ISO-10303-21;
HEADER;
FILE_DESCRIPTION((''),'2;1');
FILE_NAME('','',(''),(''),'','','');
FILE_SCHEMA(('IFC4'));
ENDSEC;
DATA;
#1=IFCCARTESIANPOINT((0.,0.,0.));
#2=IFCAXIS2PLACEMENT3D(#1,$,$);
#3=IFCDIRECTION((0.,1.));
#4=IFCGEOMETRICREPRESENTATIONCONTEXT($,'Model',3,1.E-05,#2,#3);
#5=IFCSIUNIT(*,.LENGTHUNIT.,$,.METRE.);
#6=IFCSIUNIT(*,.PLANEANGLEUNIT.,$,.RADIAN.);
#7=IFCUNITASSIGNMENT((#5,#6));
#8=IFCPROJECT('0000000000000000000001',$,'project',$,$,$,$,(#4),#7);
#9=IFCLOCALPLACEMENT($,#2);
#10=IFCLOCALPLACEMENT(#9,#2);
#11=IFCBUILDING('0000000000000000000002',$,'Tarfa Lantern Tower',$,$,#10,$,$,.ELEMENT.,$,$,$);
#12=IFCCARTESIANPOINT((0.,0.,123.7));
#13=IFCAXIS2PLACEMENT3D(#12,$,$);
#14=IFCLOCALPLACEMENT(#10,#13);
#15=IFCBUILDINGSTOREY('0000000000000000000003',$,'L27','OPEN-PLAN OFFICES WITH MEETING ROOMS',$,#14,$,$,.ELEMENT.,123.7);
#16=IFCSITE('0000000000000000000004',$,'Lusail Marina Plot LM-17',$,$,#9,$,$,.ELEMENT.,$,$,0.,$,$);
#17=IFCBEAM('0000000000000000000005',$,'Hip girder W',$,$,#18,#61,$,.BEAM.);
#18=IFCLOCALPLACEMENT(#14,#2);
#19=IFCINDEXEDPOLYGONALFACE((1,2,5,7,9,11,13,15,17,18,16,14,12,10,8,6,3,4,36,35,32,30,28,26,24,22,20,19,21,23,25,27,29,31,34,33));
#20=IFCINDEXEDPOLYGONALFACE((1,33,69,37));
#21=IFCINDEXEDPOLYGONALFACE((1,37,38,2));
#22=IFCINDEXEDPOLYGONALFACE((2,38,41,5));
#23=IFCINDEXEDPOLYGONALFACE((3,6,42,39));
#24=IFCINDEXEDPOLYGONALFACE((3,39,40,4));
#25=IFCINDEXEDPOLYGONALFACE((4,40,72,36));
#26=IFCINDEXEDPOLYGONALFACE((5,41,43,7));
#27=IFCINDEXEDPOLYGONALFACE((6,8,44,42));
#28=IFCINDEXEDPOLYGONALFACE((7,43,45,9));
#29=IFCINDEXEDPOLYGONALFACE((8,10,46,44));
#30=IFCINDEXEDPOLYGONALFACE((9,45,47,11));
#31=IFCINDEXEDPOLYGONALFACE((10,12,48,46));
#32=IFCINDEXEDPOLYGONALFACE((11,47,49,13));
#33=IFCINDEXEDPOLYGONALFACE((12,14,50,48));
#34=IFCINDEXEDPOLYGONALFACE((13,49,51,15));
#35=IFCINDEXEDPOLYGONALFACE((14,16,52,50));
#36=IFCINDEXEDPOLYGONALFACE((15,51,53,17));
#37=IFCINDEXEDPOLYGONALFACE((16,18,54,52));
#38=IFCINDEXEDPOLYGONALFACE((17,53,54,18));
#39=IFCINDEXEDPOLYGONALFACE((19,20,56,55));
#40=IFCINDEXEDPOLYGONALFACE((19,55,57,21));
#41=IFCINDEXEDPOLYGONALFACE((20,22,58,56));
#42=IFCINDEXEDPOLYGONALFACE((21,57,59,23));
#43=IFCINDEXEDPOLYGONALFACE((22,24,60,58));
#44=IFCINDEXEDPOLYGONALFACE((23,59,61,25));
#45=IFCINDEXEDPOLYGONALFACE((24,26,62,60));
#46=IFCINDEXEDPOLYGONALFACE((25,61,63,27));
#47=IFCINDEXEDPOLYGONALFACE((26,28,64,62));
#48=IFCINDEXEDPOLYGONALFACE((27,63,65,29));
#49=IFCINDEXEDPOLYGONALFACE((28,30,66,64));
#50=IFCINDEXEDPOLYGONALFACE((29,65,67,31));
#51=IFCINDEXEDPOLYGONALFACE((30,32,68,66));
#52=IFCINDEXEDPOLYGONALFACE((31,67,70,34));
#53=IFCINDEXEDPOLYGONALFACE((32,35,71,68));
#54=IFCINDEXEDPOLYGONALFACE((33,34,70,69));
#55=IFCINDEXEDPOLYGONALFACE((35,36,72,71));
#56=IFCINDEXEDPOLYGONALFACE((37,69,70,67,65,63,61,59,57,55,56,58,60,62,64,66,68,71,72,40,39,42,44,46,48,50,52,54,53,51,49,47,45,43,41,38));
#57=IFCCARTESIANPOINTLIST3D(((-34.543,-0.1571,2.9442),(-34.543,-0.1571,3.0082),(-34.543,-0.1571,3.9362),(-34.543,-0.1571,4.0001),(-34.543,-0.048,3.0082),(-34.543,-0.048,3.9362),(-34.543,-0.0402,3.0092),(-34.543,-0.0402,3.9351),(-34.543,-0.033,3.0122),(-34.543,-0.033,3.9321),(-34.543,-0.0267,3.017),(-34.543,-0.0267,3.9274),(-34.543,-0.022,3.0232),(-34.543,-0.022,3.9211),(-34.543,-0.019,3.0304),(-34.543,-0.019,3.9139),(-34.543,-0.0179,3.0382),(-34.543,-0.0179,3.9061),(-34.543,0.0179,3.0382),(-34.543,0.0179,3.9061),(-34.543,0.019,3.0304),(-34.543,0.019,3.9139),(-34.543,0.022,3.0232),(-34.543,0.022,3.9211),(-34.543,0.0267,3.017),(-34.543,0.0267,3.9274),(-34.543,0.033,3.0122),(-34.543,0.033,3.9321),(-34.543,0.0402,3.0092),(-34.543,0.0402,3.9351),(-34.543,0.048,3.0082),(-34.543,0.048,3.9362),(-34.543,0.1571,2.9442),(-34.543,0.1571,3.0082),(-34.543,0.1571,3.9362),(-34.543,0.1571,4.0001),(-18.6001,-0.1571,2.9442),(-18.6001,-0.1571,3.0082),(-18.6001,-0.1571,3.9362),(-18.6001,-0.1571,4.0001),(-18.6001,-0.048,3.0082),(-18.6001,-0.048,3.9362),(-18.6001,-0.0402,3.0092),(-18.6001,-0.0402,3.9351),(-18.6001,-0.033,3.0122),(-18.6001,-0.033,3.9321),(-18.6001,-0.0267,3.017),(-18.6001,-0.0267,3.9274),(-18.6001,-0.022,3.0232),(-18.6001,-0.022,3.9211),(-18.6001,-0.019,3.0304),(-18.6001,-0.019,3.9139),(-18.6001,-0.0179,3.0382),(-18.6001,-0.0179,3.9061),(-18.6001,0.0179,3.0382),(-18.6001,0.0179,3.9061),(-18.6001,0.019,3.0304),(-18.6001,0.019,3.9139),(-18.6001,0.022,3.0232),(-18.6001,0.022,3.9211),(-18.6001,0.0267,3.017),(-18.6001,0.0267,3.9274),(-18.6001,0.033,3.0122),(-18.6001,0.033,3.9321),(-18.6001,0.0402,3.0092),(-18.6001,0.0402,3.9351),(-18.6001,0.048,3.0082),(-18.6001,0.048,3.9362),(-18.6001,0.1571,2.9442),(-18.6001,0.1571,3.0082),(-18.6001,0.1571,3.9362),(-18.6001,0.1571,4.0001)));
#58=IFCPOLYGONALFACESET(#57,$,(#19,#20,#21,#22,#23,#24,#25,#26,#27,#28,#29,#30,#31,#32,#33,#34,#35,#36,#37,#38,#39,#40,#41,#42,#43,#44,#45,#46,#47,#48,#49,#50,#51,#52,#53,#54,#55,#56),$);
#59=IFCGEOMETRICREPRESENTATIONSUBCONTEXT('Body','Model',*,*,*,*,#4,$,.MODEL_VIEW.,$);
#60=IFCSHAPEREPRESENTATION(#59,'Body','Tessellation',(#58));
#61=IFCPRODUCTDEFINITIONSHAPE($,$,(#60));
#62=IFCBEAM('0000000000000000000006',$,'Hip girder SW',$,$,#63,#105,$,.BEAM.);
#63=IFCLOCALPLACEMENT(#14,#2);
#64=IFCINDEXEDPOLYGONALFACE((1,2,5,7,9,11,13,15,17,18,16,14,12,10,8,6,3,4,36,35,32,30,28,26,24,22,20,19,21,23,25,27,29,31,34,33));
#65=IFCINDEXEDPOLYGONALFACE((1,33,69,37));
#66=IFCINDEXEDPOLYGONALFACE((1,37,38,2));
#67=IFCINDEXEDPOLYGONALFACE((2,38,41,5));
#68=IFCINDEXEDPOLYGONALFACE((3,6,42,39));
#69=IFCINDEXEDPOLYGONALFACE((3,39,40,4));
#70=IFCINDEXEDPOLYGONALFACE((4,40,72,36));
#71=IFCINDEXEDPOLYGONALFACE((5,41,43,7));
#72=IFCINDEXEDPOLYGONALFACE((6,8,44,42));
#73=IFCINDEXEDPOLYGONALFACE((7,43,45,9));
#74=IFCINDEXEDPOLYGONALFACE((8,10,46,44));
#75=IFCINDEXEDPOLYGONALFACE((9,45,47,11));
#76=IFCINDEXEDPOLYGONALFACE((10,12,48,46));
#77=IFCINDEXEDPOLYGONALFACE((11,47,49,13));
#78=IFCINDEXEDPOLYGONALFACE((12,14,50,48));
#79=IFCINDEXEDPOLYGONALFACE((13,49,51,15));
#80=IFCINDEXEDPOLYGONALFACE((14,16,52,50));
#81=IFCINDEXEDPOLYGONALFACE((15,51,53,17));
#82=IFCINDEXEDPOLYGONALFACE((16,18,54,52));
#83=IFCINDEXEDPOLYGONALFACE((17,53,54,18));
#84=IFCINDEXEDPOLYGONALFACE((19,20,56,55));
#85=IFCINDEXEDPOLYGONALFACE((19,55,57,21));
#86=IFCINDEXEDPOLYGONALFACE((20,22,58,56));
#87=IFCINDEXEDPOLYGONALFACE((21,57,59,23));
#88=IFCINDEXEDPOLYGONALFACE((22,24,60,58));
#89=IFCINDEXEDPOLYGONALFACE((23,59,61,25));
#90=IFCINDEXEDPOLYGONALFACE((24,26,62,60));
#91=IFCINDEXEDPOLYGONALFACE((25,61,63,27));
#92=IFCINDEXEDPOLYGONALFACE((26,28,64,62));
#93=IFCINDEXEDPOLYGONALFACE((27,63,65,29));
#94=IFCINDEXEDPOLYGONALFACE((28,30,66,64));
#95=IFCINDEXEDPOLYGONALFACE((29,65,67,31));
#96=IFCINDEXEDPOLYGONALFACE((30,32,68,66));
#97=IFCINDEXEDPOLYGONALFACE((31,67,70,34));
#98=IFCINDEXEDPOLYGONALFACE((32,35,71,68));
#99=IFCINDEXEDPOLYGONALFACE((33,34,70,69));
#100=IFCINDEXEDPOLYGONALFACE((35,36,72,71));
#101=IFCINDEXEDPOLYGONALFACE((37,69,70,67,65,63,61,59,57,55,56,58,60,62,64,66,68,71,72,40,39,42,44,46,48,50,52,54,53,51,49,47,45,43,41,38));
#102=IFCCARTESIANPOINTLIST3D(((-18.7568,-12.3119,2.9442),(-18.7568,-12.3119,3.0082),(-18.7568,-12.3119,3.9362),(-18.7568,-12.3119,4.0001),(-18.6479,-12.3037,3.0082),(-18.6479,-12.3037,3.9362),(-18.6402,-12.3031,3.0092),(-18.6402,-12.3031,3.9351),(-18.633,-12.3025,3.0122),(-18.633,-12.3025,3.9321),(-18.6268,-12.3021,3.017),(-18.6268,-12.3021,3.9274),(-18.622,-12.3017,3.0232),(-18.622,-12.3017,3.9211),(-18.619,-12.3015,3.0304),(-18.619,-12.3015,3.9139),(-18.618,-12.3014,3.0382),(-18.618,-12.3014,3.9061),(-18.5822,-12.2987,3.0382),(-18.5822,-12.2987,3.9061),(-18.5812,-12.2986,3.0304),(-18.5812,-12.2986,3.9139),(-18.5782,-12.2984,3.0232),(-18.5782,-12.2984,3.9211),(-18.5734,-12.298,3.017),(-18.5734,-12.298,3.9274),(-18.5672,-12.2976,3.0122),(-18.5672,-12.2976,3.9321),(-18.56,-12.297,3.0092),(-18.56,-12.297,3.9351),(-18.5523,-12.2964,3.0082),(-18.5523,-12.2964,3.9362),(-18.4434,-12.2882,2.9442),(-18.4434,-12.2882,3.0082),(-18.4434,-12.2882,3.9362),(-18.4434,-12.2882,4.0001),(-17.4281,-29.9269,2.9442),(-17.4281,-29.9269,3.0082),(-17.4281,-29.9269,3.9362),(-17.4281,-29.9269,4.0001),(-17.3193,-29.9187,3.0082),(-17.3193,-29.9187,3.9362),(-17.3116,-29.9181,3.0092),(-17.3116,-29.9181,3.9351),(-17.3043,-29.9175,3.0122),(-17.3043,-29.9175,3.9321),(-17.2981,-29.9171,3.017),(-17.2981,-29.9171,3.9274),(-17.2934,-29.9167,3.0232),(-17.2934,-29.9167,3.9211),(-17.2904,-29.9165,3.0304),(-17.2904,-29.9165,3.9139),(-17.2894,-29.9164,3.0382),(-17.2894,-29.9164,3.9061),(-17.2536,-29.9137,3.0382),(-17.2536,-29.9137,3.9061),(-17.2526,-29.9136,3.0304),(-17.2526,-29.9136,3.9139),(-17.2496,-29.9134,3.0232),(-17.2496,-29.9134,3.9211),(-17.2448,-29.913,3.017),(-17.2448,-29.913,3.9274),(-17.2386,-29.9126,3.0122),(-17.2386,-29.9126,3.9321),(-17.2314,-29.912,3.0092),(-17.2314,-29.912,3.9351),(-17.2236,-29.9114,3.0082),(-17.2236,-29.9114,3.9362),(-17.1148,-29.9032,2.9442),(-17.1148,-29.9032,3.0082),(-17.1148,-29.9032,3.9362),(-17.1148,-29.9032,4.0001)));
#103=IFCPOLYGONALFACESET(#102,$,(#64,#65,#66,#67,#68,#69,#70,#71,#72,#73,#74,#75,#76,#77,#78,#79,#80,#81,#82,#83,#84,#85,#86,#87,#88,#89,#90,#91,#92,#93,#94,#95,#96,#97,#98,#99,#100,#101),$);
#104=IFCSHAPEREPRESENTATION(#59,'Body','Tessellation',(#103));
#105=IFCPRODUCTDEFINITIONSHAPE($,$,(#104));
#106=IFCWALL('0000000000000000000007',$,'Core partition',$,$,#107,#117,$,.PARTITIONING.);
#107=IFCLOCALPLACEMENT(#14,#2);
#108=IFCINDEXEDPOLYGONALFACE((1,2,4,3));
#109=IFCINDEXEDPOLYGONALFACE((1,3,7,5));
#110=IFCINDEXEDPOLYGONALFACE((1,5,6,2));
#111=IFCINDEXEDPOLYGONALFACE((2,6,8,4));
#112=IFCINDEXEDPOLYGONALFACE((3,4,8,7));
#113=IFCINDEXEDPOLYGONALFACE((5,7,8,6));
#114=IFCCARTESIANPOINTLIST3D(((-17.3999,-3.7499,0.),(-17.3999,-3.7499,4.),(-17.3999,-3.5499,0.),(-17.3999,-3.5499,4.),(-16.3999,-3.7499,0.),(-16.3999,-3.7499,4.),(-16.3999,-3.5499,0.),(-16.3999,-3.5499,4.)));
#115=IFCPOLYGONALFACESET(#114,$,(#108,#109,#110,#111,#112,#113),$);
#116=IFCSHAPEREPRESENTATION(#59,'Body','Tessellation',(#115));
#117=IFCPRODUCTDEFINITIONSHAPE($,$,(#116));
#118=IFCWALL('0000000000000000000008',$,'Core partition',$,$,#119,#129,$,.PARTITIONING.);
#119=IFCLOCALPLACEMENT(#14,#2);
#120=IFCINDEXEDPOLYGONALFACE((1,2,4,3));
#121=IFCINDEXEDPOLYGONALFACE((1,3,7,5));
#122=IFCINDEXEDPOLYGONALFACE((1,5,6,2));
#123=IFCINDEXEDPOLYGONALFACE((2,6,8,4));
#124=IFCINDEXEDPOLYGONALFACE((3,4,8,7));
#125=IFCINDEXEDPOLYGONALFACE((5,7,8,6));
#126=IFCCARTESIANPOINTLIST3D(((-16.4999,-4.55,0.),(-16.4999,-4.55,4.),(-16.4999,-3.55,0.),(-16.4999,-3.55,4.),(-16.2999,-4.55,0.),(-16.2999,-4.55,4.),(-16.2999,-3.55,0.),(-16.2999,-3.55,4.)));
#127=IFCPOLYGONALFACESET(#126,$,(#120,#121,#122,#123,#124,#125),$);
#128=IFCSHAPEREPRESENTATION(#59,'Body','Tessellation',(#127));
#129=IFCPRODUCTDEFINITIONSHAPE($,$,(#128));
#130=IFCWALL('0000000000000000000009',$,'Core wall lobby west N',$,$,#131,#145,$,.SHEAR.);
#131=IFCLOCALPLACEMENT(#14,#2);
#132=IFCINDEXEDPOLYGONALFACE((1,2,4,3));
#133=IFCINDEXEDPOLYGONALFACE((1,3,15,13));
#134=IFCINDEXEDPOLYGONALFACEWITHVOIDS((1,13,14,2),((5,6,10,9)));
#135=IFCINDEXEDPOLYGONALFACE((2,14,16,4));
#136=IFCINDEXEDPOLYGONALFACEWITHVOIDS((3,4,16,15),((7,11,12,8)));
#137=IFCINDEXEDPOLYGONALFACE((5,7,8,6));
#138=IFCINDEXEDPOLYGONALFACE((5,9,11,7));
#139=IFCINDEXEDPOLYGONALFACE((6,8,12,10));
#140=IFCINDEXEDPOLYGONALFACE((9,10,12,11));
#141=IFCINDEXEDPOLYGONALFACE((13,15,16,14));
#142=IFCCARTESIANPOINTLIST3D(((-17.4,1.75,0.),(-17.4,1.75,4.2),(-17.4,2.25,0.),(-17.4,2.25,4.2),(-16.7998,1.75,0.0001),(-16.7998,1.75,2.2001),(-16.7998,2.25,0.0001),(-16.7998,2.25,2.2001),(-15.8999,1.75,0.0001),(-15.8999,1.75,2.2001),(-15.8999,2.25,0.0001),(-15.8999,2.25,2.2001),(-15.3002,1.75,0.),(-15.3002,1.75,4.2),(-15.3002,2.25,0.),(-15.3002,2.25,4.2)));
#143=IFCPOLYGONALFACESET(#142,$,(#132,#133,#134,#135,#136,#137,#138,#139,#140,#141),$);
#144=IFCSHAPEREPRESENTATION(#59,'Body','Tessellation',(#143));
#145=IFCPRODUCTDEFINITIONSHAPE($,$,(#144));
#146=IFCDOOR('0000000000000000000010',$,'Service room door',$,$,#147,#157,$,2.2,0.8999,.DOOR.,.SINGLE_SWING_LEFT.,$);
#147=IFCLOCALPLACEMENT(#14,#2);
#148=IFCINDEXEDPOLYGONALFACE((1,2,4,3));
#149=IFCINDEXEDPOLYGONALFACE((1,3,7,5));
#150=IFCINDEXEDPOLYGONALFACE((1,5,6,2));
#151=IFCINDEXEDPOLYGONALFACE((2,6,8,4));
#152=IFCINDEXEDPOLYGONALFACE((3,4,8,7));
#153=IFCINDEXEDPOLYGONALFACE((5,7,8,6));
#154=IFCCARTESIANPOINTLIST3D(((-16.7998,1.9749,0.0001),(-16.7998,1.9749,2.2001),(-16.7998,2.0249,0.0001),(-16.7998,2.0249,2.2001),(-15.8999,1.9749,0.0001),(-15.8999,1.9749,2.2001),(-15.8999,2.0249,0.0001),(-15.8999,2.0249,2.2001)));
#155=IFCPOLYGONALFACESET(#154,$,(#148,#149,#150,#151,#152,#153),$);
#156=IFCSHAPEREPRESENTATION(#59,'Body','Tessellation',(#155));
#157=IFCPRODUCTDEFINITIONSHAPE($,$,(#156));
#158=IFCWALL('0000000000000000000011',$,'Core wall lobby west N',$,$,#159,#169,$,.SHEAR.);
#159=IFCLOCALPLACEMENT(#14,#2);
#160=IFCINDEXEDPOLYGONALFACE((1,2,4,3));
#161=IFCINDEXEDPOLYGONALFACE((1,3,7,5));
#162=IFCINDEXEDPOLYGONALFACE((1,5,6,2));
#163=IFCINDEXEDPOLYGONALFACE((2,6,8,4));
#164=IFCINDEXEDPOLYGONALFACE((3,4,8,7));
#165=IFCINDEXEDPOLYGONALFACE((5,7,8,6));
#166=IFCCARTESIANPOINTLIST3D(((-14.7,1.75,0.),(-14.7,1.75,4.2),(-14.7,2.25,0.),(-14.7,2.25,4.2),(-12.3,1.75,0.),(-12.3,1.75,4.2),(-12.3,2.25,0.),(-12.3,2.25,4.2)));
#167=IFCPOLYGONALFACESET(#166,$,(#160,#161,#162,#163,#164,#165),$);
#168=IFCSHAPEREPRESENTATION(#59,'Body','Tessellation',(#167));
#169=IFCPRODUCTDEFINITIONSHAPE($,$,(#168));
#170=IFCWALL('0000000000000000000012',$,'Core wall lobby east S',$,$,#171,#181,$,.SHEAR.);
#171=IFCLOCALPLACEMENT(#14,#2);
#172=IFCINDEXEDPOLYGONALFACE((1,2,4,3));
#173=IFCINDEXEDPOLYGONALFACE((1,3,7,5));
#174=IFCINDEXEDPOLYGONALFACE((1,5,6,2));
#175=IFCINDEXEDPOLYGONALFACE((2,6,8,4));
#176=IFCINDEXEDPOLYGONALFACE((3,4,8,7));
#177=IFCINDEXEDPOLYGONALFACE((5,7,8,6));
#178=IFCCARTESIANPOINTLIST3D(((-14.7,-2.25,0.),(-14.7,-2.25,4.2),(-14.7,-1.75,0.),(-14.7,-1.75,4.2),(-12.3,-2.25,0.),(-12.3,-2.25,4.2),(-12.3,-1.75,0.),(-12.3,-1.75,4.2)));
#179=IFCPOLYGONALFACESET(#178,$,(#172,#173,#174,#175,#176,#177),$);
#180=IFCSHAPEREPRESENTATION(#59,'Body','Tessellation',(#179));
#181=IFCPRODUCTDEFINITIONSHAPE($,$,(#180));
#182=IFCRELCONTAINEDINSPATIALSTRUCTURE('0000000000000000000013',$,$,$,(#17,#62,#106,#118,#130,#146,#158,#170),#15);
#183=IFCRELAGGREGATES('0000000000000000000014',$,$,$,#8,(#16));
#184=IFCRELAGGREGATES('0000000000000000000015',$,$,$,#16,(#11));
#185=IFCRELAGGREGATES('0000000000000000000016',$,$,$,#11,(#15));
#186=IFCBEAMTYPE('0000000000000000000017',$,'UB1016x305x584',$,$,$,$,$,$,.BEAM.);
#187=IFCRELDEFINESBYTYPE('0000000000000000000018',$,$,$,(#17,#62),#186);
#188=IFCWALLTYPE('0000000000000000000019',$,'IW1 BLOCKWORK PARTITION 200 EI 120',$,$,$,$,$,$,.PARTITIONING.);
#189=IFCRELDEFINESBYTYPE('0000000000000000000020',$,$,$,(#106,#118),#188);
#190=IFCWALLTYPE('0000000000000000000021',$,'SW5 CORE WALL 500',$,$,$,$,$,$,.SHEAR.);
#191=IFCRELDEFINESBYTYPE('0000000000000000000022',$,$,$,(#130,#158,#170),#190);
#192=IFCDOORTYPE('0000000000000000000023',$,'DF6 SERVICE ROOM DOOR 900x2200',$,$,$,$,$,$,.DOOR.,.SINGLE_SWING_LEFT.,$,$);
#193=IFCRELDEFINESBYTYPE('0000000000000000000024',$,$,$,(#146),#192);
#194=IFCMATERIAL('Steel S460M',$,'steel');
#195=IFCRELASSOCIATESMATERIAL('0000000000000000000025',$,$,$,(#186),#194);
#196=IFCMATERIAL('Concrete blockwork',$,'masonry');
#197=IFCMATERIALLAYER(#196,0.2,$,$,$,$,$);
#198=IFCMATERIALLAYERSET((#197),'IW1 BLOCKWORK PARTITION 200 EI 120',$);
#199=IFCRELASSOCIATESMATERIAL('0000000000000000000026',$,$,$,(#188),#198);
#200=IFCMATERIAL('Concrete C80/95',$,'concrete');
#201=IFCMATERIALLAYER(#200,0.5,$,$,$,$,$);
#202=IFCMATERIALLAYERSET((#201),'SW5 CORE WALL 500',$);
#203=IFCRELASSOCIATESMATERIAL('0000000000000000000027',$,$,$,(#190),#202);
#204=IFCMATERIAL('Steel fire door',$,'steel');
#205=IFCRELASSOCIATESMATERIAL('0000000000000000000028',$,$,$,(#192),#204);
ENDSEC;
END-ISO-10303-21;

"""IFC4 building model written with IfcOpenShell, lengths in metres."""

from ifc_helpers import new_model, si_unit, direction, frame, frame_2d, origin, origin_2d, place, context, subcontext, project, spatial, rectangle, i_section, extrude, material, layer, layer_set, material_profile, profile_set, type_object, element, fill, save


model = new_model("IFC4")

# Units and contexts
model_context = context("Model", 3, precision=1e-05, world=origin(), true_north=direction((0.0, 1.0)))
body_context = subcontext(model_context, "Body", "Model", "MODEL_VIEW")
ifc_project = project(units=[si_unit("LENGTHUNIT", "METRE"), si_unit("PLANEANGLEUNIT", "RADIAN")], contexts=[model_context])

# Site, building, storey
site_placement = place(None, origin())
site = spatial("IfcSite", under=ifc_project, at=site_placement, Name="Lusail Marina Plot LM-17", CompositionType="ELEMENT", RefElevation=0.0)
building_placement = place(site_placement, origin())
building = spatial("IfcBuilding", under=site, at=building_placement, Name="Tarfa Lantern Tower", CompositionType="ELEMENT")
storey_placement = place(building_placement, frame((0.0, 0.0, 123.7)))
storey = spatial("IfcBuildingStorey", under=building, at=storey_placement, Name="L27", Description="OPEN-PLAN OFFICES WITH MEETING ROOMS", CompositionType="ELEMENT", Elevation=123.7)

# Beams
ifc_material_1 = material(Name="Steel S460M", Category="steel")
ifc_material_profile = material_profile(ifc_material_1, i_section(OverallWidth=0.3142, OverallDepth=1.0559, WebThickness=0.0359, FlangeThickness=0.064, FilletRadius=0.03, at=origin_2d()), Name="UB1016x305x584")
ifc_profile_set = profile_set([ifc_material_profile], Name="Steel S460M")
beam_type = type_object("IfcBeamType", Name="UB1016x305x584", PredefinedType="BEAM", material=ifc_profile_set)
beam_1_placement = place(storey_placement, frame((-18.6001, 0.0, 3.4722), z_axis=(-1.0, 0.0, 0.0), x_axis=(0.0, -1.0, 0.0)))
element("IfcBeam", 1, at=beam_1_placement, inside=storey, type_object=beam_type, Name="Hip girder W", PredefinedType="BEAM", context=body_context, shape_type="SweptSolid", body=[
    extrude(i_section(OverallWidth=0.3142, OverallDepth=1.0559, WebThickness=0.0359, FlangeThickness=0.064, FilletRadius=0.03, at=origin_2d()), origin(), (0.0, 0.0, 1.0), 15.9429),
])
beam_2_placement = place(storey_placement, frame((-18.6001, -12.3, 3.4722), z_axis=(0.075212, -0.997168, 0.0), x_axis=(0.997168, 0.075212, 0.0)))
element("IfcBeam", 2, at=beam_2_placement, inside=storey, type_object=beam_type, Name="Hip girder SW", PredefinedType="BEAM", context=body_context, shape_type="SweptSolid", body=[
    extrude(i_section(OverallWidth=0.3142, OverallDepth=1.0559, WebThickness=0.0359, FlangeThickness=0.064, FilletRadius=0.03, at=origin_2d()), origin(), (0.0, 0.0, 1.0), 17.665),
])

# Walls
ifc_material_2 = material(Name="Concrete blockwork", Category="masonry")
ifc_layer_1 = layer(ifc_material_2, 0.2)
ifc_layer_set_1 = layer_set([ifc_layer_1], Name="IW1 BLOCKWORK PARTITION 200 EI 120")
wall_type_1 = type_object("IfcWallType", Name="IW1 BLOCKWORK PARTITION 200 EI 120", PredefinedType="PARTITIONING", material=ifc_layer_set_1)
for number, where, z_axis, x_axis, name in (
    (3, (-16.3999, -3.6499, 0.0), (0.0, 0.0, 1.0), (-1.0, 0.0, 0.0), "Core partition"),
    (4, (-16.3999, -3.55, 0.0), (0.0, 0.0, 1.0), (0.0, -1.0, 0.0), "Core partition"),
):
    element("IfcWall", number, at=place(storey_placement, frame(where, z_axis=z_axis, x_axis=x_axis)), inside=storey, type_object=wall_type_1, Name=name, PredefinedType="PARTITIONING", context=body_context, shape_type="SweptSolid", body=[
        extrude(rectangle(XDim=1.0, YDim=0.2, at=frame_2d((0.5, 0.0))), origin(), (0.0, 0.0, 1.0), 4.0),
    ])

# Wall, opening, door
ifc_material_3 = material(Name="Concrete C80/95", Category="concrete")
ifc_layer_2 = layer(ifc_material_3, 0.5)
ifc_layer_set_2 = layer_set([ifc_layer_2], Name="SW5 CORE WALL 500")
wall_type_2 = type_object("IfcWallType", Name="SW5 CORE WALL 500", PredefinedType="SHEAR", material=ifc_layer_set_2)
wall_1_placement = place(storey_placement, frame((-17.3999, 2.0, 0.0), z_axis=(0.0, 0.0, 1.0), x_axis=(1.0, 0.0, 0.0)))
wall_1 = element("IfcWall", 5, at=wall_1_placement, inside=storey, type_object=wall_type_2, Name="Core wall lobby west N", PredefinedType="SHEAR", context=body_context, shape_type="SweptSolid", body=[
    extrude(rectangle(XDim=2.0999, YDim=0.5, at=frame_2d((1.0498, 0.0))), origin(), (0.0, 0.0, 1.0), 4.2),
])
opening_1_placement = place(wall_1_placement, frame((0.6001, 0.0, 0.0)))
opening_1 = element("IfcOpeningElement", 6, at=opening_1_placement, cuts=wall_1, PredefinedType="OPENING", context=body_context, shape_type="SweptSolid", body=[
    extrude(rectangle(XDim=0.8999, YDim=2.2, at=frame_2d((0.45, 1.1001))), frame((0.0, 0.26, 0.0), z_axis=(0.0, -1.0, 0.0), x_axis=(1.0, 0.0, 0.0)), (0.0, 0.0, 1.0), 0.52),
])
ifc_material_4 = material(Name="Steel fire door", Category="steel")
door_type_1 = type_object("IfcDoorType", Name="DF6 SERVICE ROOM DOOR 900x2200", OperationType="SINGLE_SWING_LEFT", PredefinedType="DOOR", material=ifc_material_4)
door_1_placement = place(opening_1_placement, origin())
door_1 = element("IfcDoor", 7, at=door_1_placement, inside=storey, type_object=door_type_1, Name="Service room door", OperationType="SINGLE_SWING_LEFT", OverallHeight=2.2, OverallWidth=0.8999, PredefinedType="DOOR", context=body_context, shape_type="SweptSolid", body=[
    extrude(rectangle(XDim=0.8999, YDim=2.2, at=frame_2d((0.45, 1.1001))), frame((0.0, 0.0249, 0.0), z_axis=(0.0, -1.0, 0.0), x_axis=(1.0, 0.0, 0.0)), (0.0, 0.0, 1.0), 0.05),
])
fill(opening_1, door_1)

# Walls
for number, where, z_axis, x_axis, name in (
    (8, (-14.7, 2.0, 0.0), (0.0, 0.0, 1.0), (1.0, 0.0, 0.0), "Core wall lobby west N"),
    (9, (-12.3, -2.0, 0.0), (0.0, 0.0, 1.0), (-1.0, 0.0, 0.0), "Core wall lobby east S"),
):
    element("IfcWall", number, at=place(storey_placement, frame(where, z_axis=z_axis, x_axis=x_axis)), inside=storey, type_object=wall_type_2, Name=name, PredefinedType="SHEAR", context=body_context, shape_type="SweptSolid", body=[
        extrude(rectangle(XDim=2.3999, YDim=0.5, at=frame_2d((1.2, 0.0))), origin(), (0.0, 0.0, 1.0), 4.2),
    ])

save(model, "model.ifc")
